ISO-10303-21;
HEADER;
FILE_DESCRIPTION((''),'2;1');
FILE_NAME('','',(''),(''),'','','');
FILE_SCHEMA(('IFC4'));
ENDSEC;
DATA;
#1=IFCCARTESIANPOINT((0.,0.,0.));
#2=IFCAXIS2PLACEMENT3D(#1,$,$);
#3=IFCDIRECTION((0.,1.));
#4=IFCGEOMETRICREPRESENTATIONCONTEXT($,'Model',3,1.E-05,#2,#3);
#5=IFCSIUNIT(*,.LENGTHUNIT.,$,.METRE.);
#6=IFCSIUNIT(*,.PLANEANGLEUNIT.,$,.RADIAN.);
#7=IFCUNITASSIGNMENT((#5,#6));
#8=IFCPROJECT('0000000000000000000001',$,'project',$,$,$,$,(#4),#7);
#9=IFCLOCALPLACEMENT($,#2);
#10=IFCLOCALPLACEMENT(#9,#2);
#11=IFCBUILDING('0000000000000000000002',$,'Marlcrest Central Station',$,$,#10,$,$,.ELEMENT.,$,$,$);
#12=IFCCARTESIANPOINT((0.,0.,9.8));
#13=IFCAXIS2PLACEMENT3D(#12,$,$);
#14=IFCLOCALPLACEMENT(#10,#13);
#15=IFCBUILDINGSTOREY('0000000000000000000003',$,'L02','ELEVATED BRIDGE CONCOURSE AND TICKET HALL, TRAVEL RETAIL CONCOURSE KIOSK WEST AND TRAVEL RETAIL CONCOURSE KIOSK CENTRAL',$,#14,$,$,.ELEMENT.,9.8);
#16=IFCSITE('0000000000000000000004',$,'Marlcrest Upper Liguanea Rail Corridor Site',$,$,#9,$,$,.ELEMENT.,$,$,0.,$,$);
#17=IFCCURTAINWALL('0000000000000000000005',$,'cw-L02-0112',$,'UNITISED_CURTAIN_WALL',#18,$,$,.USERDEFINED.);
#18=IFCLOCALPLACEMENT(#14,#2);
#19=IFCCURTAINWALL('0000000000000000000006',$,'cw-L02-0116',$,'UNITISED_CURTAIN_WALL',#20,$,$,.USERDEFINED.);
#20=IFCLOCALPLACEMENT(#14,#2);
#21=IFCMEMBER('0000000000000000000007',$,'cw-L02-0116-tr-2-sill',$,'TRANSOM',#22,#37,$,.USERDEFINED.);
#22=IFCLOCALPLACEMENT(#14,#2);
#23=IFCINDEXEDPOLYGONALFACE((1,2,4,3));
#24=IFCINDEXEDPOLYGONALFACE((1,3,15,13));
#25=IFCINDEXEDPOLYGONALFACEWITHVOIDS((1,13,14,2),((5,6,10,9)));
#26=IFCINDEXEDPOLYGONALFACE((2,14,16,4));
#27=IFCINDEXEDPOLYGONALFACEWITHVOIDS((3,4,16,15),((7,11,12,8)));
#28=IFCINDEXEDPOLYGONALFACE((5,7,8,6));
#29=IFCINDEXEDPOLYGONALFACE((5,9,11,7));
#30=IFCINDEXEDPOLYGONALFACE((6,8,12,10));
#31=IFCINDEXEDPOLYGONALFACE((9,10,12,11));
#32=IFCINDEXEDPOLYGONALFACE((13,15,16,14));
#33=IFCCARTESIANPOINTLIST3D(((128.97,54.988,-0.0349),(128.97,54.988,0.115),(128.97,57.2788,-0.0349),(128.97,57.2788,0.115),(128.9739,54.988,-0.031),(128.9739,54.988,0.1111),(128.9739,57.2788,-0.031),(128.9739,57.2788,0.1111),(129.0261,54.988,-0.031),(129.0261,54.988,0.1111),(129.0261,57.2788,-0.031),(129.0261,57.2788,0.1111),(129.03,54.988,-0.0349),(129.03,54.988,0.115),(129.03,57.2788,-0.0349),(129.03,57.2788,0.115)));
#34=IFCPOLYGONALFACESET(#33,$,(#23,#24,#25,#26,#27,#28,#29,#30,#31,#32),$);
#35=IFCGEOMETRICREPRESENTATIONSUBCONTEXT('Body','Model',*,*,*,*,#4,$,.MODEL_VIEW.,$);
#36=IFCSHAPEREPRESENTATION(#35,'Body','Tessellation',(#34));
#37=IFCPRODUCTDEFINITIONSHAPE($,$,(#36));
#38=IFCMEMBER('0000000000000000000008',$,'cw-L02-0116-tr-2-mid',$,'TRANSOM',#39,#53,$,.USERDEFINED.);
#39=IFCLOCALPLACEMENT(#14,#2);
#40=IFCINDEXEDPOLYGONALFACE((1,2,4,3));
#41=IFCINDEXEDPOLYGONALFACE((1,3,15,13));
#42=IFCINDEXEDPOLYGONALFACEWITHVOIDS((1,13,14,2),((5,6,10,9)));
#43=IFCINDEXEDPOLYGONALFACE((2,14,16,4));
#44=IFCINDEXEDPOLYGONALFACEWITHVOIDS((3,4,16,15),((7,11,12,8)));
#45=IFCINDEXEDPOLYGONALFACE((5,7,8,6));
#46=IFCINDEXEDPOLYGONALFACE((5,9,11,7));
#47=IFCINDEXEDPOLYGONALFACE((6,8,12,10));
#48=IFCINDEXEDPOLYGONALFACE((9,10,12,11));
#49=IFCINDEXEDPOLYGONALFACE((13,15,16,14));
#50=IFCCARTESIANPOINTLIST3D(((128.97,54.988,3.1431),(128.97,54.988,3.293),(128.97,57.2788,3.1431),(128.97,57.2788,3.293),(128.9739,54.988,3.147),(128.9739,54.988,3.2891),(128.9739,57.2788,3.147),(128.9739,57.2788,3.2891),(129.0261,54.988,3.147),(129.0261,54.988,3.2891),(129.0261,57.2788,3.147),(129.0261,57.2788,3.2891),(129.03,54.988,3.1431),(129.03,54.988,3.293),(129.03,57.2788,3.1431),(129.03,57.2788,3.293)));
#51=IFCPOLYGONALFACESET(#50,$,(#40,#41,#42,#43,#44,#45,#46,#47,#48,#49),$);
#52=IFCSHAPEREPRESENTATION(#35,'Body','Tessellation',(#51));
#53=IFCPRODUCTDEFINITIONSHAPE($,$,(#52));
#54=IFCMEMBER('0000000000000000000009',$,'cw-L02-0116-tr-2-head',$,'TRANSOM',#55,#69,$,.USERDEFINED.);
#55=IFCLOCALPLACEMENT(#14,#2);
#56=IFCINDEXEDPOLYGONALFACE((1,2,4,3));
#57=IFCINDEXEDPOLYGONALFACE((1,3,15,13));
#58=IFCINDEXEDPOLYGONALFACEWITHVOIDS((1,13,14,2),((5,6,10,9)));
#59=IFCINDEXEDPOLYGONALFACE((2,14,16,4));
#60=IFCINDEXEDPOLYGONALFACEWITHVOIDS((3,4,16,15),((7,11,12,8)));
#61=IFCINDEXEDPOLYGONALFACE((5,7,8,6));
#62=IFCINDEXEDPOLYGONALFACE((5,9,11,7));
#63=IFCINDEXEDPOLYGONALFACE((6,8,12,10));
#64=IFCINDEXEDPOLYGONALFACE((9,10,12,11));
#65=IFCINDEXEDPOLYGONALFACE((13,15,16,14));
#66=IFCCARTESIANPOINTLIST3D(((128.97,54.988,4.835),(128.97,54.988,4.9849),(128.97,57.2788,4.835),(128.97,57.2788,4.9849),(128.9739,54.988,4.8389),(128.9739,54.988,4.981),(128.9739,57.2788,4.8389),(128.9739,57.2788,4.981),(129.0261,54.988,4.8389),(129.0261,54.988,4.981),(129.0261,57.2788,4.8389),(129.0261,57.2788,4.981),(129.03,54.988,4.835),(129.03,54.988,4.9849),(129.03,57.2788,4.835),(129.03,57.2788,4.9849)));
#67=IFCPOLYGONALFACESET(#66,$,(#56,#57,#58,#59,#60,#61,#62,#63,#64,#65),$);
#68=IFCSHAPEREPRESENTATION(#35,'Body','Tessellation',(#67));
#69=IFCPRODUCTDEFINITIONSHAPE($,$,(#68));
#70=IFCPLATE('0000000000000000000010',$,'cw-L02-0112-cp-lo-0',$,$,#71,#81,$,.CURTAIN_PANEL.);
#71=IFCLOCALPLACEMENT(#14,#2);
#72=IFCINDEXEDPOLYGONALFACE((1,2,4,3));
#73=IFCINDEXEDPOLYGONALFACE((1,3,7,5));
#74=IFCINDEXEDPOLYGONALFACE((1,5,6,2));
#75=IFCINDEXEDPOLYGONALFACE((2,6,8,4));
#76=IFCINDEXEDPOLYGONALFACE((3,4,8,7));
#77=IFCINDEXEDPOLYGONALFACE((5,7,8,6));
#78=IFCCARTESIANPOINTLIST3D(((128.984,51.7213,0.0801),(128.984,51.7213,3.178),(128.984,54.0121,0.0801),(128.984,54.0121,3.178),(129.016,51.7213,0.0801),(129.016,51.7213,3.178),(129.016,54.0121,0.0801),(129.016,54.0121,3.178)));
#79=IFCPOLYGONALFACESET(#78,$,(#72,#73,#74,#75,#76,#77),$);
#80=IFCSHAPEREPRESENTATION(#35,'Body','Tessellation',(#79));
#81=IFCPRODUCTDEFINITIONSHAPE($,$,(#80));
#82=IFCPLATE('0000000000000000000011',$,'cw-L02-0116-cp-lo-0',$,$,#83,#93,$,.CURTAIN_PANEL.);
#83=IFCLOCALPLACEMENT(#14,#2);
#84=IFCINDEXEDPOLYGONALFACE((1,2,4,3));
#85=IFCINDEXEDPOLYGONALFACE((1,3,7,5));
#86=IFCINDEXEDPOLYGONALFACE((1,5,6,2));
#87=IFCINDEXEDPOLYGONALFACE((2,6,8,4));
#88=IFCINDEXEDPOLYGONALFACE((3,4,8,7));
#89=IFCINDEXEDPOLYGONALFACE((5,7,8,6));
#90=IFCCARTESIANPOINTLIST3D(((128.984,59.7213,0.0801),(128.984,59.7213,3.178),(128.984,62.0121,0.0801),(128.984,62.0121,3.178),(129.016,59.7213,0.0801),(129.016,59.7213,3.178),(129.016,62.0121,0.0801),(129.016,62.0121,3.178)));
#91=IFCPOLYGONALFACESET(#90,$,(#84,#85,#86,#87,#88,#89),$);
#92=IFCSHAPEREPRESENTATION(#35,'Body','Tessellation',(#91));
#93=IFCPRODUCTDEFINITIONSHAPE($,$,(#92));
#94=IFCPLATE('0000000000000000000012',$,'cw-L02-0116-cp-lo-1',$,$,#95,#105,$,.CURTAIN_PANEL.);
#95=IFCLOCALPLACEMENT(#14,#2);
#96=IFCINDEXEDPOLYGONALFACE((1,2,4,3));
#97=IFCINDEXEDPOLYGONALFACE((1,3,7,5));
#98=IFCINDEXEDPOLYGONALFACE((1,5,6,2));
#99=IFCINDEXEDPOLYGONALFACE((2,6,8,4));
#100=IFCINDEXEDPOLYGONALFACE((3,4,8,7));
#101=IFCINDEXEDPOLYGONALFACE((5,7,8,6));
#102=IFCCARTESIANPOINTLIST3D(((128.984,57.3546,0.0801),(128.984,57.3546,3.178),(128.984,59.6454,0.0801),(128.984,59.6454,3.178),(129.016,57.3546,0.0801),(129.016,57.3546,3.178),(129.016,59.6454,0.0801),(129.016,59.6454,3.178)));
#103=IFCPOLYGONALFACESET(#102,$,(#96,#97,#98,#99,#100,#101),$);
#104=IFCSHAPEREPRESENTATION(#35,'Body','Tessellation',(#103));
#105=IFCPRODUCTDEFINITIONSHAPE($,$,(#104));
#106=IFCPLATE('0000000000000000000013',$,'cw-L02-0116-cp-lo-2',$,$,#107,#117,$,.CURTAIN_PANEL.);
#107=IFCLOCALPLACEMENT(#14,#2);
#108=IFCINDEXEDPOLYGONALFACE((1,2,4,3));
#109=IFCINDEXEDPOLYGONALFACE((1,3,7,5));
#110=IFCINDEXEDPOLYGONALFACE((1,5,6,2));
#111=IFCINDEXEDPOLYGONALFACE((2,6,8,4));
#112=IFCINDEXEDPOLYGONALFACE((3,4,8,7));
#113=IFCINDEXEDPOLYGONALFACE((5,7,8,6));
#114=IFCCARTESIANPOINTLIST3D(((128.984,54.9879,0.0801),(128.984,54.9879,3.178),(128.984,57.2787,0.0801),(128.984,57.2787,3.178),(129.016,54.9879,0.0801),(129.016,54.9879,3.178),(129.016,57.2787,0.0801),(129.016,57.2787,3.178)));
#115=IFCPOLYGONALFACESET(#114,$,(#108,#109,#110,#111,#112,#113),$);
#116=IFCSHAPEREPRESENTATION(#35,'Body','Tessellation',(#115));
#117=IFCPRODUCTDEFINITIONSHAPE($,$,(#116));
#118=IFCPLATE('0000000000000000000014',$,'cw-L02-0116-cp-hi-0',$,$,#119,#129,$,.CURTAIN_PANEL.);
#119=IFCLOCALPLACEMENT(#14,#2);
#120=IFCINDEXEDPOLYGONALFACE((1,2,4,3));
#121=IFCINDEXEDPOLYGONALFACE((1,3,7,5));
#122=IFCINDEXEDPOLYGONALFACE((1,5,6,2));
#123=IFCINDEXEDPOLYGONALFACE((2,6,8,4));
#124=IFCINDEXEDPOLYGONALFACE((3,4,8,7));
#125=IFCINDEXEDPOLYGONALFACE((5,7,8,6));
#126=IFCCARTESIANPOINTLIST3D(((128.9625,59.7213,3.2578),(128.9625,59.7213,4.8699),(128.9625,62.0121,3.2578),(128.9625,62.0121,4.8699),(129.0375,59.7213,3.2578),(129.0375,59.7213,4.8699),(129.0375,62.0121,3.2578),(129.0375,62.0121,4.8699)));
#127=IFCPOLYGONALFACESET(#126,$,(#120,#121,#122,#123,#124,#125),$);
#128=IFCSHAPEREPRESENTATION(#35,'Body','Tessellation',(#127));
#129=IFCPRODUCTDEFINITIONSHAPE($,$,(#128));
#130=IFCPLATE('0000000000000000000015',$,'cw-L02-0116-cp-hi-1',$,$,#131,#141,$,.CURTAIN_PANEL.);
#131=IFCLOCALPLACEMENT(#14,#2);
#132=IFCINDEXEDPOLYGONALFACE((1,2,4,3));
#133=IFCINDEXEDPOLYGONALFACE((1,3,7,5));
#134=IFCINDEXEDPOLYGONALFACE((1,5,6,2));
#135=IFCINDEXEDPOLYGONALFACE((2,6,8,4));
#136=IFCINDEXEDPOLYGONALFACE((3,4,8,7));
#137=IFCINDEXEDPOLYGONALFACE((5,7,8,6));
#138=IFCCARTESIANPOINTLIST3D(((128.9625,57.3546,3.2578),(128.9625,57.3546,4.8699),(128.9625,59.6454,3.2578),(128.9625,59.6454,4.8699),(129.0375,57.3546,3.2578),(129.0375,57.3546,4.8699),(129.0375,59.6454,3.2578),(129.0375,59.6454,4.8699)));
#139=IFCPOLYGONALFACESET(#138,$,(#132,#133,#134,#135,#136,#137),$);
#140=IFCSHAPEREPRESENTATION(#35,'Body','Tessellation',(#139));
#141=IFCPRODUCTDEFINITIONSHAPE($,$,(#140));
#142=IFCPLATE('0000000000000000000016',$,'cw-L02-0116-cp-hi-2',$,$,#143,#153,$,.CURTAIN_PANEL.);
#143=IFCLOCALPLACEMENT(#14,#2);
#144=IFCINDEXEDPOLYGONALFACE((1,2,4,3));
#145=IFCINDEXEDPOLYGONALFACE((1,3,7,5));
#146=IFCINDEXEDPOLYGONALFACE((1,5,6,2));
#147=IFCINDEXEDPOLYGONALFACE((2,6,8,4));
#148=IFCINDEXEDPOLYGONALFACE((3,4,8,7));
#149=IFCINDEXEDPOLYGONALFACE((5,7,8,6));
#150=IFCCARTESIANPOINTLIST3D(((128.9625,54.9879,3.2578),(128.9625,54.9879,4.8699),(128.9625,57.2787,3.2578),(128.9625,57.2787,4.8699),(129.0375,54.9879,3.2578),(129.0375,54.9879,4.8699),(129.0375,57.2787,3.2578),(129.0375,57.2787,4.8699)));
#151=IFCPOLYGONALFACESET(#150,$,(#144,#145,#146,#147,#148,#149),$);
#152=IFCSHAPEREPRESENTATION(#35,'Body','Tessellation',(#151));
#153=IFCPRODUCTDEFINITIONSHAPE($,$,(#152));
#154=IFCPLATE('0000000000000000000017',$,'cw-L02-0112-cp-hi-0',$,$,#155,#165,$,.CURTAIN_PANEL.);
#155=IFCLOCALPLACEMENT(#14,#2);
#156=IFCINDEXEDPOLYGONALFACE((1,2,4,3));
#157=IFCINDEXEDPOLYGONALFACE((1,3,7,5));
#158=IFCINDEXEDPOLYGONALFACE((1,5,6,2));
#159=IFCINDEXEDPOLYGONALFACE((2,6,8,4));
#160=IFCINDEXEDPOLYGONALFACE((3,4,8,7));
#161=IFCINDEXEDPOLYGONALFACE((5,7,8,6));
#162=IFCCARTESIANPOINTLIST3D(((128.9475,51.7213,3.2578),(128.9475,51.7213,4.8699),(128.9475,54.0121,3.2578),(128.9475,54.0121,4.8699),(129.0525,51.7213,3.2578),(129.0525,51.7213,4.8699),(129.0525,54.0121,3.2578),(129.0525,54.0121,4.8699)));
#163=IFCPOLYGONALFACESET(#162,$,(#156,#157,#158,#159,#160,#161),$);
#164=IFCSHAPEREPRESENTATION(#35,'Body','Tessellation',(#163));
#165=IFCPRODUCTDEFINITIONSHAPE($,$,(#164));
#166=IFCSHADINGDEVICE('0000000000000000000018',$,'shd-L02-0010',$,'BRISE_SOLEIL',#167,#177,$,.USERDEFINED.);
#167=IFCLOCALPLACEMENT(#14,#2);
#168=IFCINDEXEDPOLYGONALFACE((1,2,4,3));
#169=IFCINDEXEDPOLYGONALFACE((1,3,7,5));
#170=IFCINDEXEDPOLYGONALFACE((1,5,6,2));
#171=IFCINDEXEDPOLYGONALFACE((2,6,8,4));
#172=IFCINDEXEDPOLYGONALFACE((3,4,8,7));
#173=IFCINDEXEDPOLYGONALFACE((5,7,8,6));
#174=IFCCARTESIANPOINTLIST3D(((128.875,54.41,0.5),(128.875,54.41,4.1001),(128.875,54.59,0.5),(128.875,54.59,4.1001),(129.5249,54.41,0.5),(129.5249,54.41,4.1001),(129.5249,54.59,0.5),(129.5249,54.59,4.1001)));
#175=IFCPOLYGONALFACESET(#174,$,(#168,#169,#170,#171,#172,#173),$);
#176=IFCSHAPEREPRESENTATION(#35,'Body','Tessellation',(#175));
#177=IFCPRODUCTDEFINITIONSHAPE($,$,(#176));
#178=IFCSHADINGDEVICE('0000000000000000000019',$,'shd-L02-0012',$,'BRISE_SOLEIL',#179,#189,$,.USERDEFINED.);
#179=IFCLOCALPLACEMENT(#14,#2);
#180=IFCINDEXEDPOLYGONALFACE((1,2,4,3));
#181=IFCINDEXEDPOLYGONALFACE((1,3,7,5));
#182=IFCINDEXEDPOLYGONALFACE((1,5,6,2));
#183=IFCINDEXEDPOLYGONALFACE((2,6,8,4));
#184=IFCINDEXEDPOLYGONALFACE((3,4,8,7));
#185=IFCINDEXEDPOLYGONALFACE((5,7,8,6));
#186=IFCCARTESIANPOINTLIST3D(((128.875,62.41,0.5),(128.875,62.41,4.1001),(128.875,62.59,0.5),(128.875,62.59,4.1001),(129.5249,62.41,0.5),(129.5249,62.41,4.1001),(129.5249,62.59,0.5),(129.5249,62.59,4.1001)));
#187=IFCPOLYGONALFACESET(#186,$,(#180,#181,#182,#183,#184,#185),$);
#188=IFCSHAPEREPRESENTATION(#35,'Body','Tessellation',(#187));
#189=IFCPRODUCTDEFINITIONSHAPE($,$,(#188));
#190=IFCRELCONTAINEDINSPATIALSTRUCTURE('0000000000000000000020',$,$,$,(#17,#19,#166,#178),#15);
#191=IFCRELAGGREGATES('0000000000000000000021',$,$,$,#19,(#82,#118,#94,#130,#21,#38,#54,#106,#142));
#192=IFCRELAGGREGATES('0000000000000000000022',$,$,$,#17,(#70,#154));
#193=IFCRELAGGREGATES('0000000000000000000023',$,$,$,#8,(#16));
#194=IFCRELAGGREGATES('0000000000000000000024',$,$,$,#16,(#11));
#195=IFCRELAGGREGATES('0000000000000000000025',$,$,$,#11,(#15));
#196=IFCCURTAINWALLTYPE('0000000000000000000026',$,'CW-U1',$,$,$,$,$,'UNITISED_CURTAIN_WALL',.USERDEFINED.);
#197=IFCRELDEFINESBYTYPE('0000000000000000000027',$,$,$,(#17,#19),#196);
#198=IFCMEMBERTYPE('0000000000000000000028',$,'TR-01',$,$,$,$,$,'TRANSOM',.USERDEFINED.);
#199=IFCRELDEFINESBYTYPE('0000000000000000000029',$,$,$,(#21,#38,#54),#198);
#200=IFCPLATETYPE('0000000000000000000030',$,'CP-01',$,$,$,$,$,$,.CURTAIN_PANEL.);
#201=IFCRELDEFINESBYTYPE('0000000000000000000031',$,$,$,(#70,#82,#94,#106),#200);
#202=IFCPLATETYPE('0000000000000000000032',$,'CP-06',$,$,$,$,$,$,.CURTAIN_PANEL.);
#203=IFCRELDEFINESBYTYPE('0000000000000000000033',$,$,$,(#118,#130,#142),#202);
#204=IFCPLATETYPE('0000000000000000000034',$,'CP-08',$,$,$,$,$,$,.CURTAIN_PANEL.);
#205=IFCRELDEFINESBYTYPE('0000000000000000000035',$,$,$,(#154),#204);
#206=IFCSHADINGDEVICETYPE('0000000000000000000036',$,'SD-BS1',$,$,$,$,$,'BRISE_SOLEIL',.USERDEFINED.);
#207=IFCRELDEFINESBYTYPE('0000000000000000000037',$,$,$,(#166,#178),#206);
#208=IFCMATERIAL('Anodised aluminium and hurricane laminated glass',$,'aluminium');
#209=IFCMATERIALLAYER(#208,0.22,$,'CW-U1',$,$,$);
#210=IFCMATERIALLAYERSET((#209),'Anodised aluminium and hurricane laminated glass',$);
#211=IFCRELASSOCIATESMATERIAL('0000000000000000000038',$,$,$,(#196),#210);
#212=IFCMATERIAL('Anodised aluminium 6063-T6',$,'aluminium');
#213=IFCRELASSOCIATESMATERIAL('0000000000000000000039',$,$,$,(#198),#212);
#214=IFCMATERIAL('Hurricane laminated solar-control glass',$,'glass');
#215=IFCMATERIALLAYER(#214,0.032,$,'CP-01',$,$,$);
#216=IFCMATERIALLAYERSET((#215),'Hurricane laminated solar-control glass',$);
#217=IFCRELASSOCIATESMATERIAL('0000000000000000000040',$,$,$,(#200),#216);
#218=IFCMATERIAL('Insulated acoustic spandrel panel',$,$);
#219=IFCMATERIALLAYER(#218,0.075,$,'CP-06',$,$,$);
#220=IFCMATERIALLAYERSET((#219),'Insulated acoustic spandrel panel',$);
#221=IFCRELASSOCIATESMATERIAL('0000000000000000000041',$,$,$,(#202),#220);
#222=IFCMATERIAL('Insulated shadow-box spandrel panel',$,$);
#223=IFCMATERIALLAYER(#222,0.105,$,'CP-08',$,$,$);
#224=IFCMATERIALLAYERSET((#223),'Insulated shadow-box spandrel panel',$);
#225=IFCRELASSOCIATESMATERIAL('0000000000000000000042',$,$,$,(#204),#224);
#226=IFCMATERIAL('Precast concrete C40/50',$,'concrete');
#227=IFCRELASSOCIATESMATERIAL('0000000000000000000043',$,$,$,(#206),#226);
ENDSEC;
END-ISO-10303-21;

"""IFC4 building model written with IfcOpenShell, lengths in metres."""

from ifc_helpers import new_model, si_unit, direction, frame, origin, origin_2d, place, context, subcontext, project, spatial, rectangle, hollow_rectangle, extrude, material, layer, layer_set, material_profile, profile_set, type_object, element, aggregate, save


model = new_model("IFC4")

# Units and contexts
model_context = context("Model", 3, precision=1e-05, world=origin(), true_north=direction((0.0, 1.0)))
body_context = subcontext(model_context, "Body", "Model", "MODEL_VIEW")
ifc_project = project(units=[si_unit("LENGTHUNIT", "METRE"), si_unit("PLANEANGLEUNIT", "RADIAN")], contexts=[model_context])

# Site, building, storey
site_placement = place(None, origin())
site = spatial("IfcSite", under=ifc_project, at=site_placement, Name="Marlcrest Upper Liguanea Rail Corridor Site", CompositionType="ELEMENT", RefElevation=0.0)
building_placement = place(site_placement, origin())
building = spatial("IfcBuilding", under=site, at=building_placement, Name="Marlcrest Central Station", CompositionType="ELEMENT")
storey_placement = place(building_placement, frame((0.0, 0.0, 9.8)))
storey = spatial("IfcBuildingStorey", under=building, at=storey_placement, Name="L02", Description="ELEVATED BRIDGE CONCOURSE AND TICKET HALL, TRAVEL RETAIL CONCOURSE KIOSK WEST AND TRAVEL RETAIL CONCOURSE KIOSK CENTRAL", CompositionType="ELEMENT", Elevation=9.8)

# Curtain walls
ifc_material_1 = material(Name="Anodised aluminium and hurricane laminated glass", Category="aluminium")
ifc_layer_1 = layer(ifc_material_1, 0.22, Name="CW-U1")
ifc_layer_set_1 = layer_set([ifc_layer_1], Name="Anodised aluminium and hurricane laminated glass")
curtain_wall_type = type_object("IfcCurtainWallType", Name="CW-U1", ElementType="UNITISED_CURTAIN_WALL", PredefinedType="USERDEFINED", material=ifc_layer_set_1)
curtain_wall_1_placement = place(storey_placement, origin())
curtain_wall_1 = element("IfcCurtainWall", 1, at=curtain_wall_1_placement, inside=storey, type_object=curtain_wall_type, Name="cw-L02-0112", ObjectType="UNITISED_CURTAIN_WALL", PredefinedType="USERDEFINED")
ifc_material_2 = material(Name="Anodised aluminium 6063-T6", Category="aluminium")
curtain_wall_2_placement = place(storey_placement, origin())
curtain_wall_2 = element("IfcCurtainWall", 2, at=curtain_wall_2_placement, inside=storey, type_object=curtain_wall_type, Name="cw-L02-0116", ObjectType="UNITISED_CURTAIN_WALL", PredefinedType="USERDEFINED")

# Members
ifc_material_profile_1 = material_profile(ifc_material_2, hollow_rectangle(XDim=0.0601, YDim=0.1499, WallThickness=0.0039, at=origin_2d()), Name="AA-RHS 150x60x4")
ifc_profile_set_1 = profile_set([ifc_material_profile_1], Name="Anodised aluminium 6063-T6")
member_type_1 = type_object("IfcMemberType", Name="TR-01", ElementType="TRANSOM", PredefinedType="USERDEFINED", material=ifc_profile_set_1)
member_1_placement = place(storey_placement, frame((129.0, 57.2788, 0.04), z_axis=(0.0, -1.0, 0.0), x_axis=(1.0, 0.0, 0.0)))
member_1 = element("IfcMember", 3, at=member_1_placement, type_object=member_type_1, Name="cw-L02-0116-tr-2-sill", ObjectType="TRANSOM", PredefinedType="USERDEFINED", context=body_context, shape_type="SweptSolid", body=[
    extrude(hollow_rectangle(XDim=0.0601, YDim=0.1499, WallThickness=0.0039, at=origin_2d()), origin(), (0.0, 0.0, 1.0), 2.2908),
])
member_2_placement = place(storey_placement, frame((129.0, 57.2788, 3.218), z_axis=(0.0, -1.0, 0.0), x_axis=(1.0, 0.0, 0.0)))
member_2 = element("IfcMember", 4, at=member_2_placement, type_object=member_type_1, Name="cw-L02-0116-tr-2-mid", ObjectType="TRANSOM", PredefinedType="USERDEFINED", context=body_context, shape_type="SweptSolid", body=[
    extrude(hollow_rectangle(XDim=0.0601, YDim=0.1499, WallThickness=0.0039, at=origin_2d()), origin(), (0.0, 0.0, 1.0), 2.2908),
])
member_3_placement = place(storey_placement, frame((129.0, 57.2788, 4.9099), z_axis=(0.0, -1.0, 0.0), x_axis=(1.0, 0.0, 0.0)))
member_3 = element("IfcMember", 5, at=member_3_placement, type_object=member_type_1, Name="cw-L02-0116-tr-2-head", ObjectType="TRANSOM", PredefinedType="USERDEFINED", context=body_context, shape_type="SweptSolid", body=[
    extrude(hollow_rectangle(XDim=0.0601, YDim=0.1499, WallThickness=0.0039, at=origin_2d()), origin(), (0.0, 0.0, 1.0), 2.2908),
])

# Plates
ifc_material_3 = material(Name="Hurricane laminated solar-control glass", Category="glass")
ifc_layer_2 = layer(ifc_material_3, 0.032, Name="CP-01")
ifc_layer_set_2 = layer_set([ifc_layer_2], Name="Hurricane laminated solar-control glass")
plate_type_1 = type_object("IfcPlateType", Name="CP-01", PredefinedType="CURTAIN_PANEL", material=ifc_layer_set_2)
plate_1_placement = place(storey_placement, frame((129.0, 52.8667, 0.0801), z_axis=(0.0, 0.0, 1.0), x_axis=(0.0, -1.0, 0.0)))
plate_1 = element("IfcPlate", 6, at=plate_1_placement, type_object=plate_type_1, Name="cw-L02-0112-cp-lo-0", PredefinedType="CURTAIN_PANEL", context=body_context, shape_type="SweptSolid", body=[
    extrude(rectangle(XDim=2.2908, YDim=0.032, at=origin_2d()), origin(), (0.0, 0.0, 1.0), 3.0979),
])
plate_2_placement = place(storey_placement, frame((129.0, 60.8667, 0.0801), z_axis=(0.0, 0.0, 1.0), x_axis=(0.0, -1.0, 0.0)))
plate_2 = element("IfcPlate", 7, at=plate_2_placement, type_object=plate_type_1, Name="cw-L02-0116-cp-lo-0", PredefinedType="CURTAIN_PANEL", context=body_context, shape_type="SweptSolid", body=[
    extrude(rectangle(XDim=2.2908, YDim=0.032, at=origin_2d()), origin(), (0.0, 0.0, 1.0), 3.0979),
])
plate_3_placement = place(storey_placement, frame((129.0, 58.5, 0.0801), z_axis=(0.0, 0.0, 1.0), x_axis=(0.0, -1.0, 0.0)))
plate_3 = element("IfcPlate", 8, at=plate_3_placement, type_object=plate_type_1, Name="cw-L02-0116-cp-lo-1", PredefinedType="CURTAIN_PANEL", context=body_context, shape_type="SweptSolid", body=[
    extrude(rectangle(XDim=2.2908, YDim=0.032, at=origin_2d()), origin(), (0.0, 0.0, 1.0), 3.0979),
])
plate_4_placement = place(storey_placement, frame((129.0, 56.1333, 0.0801), z_axis=(0.0, 0.0, 1.0), x_axis=(0.0, -1.0, 0.0)))
plate_4 = element("IfcPlate", 9, at=plate_4_placement, type_object=plate_type_1, Name="cw-L02-0116-cp-lo-2", PredefinedType="CURTAIN_PANEL", context=body_context, shape_type="SweptSolid", body=[
    extrude(rectangle(XDim=2.2908, YDim=0.032, at=origin_2d()), origin(), (0.0, 0.0, 1.0), 3.0979),
])
ifc_material_4 = material(Name="Insulated acoustic spandrel panel")
ifc_layer_3 = layer(ifc_material_4, 0.075, Name="CP-06")
ifc_layer_set_3 = layer_set([ifc_layer_3], Name="Insulated acoustic spandrel panel")
plate_type_2 = type_object("IfcPlateType", Name="CP-06", PredefinedType="CURTAIN_PANEL", material=ifc_layer_set_3)
plate_5_placement = place(storey_placement, frame((129.0, 60.8667, 3.2578), z_axis=(0.0, 0.0, 1.0), x_axis=(0.0, -1.0, 0.0)))
plate_5 = element("IfcPlate", 10, at=plate_5_placement, type_object=plate_type_2, Name="cw-L02-0116-cp-hi-0", PredefinedType="CURTAIN_PANEL", context=body_context, shape_type="SweptSolid", body=[
    extrude(rectangle(XDim=2.2908, YDim=0.075, at=origin_2d()), origin(), (0.0, 0.0, 1.0), 1.6121),
])
plate_6_placement = place(storey_placement, frame((129.0, 58.5, 3.2578), z_axis=(0.0, 0.0, 1.0), x_axis=(0.0, -1.0, 0.0)))
plate_6 = element("IfcPlate", 11, at=plate_6_placement, type_object=plate_type_2, Name="cw-L02-0116-cp-hi-1", PredefinedType="CURTAIN_PANEL", context=body_context, shape_type="SweptSolid", body=[
    extrude(rectangle(XDim=2.2908, YDim=0.075, at=origin_2d()), origin(), (0.0, 0.0, 1.0), 1.6121),
])
plate_7_placement = place(storey_placement, frame((129.0, 56.1333, 3.2578), z_axis=(0.0, 0.0, 1.0), x_axis=(0.0, -1.0, 0.0)))
plate_7 = element("IfcPlate", 12, at=plate_7_placement, type_object=plate_type_2, Name="cw-L02-0116-cp-hi-2", PredefinedType="CURTAIN_PANEL", context=body_context, shape_type="SweptSolid", body=[
    extrude(rectangle(XDim=2.2908, YDim=0.075, at=origin_2d()), origin(), (0.0, 0.0, 1.0), 1.6121),
])
aggregate(curtain_wall_2, [plate_2, plate_5, plate_3, plate_6, member_1, member_2, member_3, plate_4, plate_7])
ifc_material_5 = material(Name="Insulated shadow-box spandrel panel")
ifc_layer_4 = layer(ifc_material_5, 0.105, Name="CP-08")
ifc_layer_set_4 = layer_set([ifc_layer_4], Name="Insulated shadow-box spandrel panel")
plate_type_3 = type_object("IfcPlateType", Name="CP-08", PredefinedType="CURTAIN_PANEL", material=ifc_layer_set_4)
plate_8_placement = place(storey_placement, frame((129.0, 52.8667, 3.2578), z_axis=(0.0, 0.0, 1.0), x_axis=(0.0, -1.0, 0.0)))
plate_8 = element("IfcPlate", 13, at=plate_8_placement, type_object=plate_type_3, Name="cw-L02-0112-cp-hi-0", PredefinedType="CURTAIN_PANEL", context=body_context, shape_type="SweptSolid", body=[
    extrude(rectangle(XDim=2.2908, YDim=0.105, at=origin_2d()), origin(), (0.0, 0.0, 1.0), 1.6121),
])
aggregate(curtain_wall_1, [plate_1, plate_8])

# Shading devices
ifc_material_6 = material(Name="Precast concrete C40/50", Category="concrete")
shading_device_type = type_object("IfcShadingDeviceType", Name="SD-BS1", ElementType="BRISE_SOLEIL", PredefinedType="USERDEFINED", material=ifc_material_6)
for number, where, z_axis, x_axis, name in (
    (14, (129.2, 54.5, 0.5), (0.0, 0.0, 1.0), (0.0, 1.0, 0.0), "shd-L02-0010"),
    (15, (129.2, 62.5, 0.5), (0.0, 0.0, 1.0), (0.0, 1.0, 0.0), "shd-L02-0012"),
):
    element("IfcShadingDevice", number, at=place(storey_placement, frame(where, z_axis=z_axis, x_axis=x_axis)), inside=storey, type_object=shading_device_type, Name=name, ObjectType="BRISE_SOLEIL", PredefinedType="USERDEFINED", context=body_context, shape_type="SweptSolid", body=[
        extrude(rectangle(XDim=0.1799, YDim=0.6499, at=origin_2d()), origin(), (0.0, 0.0, 1.0), 3.6001),
    ])

save(model, "model.ifc")
